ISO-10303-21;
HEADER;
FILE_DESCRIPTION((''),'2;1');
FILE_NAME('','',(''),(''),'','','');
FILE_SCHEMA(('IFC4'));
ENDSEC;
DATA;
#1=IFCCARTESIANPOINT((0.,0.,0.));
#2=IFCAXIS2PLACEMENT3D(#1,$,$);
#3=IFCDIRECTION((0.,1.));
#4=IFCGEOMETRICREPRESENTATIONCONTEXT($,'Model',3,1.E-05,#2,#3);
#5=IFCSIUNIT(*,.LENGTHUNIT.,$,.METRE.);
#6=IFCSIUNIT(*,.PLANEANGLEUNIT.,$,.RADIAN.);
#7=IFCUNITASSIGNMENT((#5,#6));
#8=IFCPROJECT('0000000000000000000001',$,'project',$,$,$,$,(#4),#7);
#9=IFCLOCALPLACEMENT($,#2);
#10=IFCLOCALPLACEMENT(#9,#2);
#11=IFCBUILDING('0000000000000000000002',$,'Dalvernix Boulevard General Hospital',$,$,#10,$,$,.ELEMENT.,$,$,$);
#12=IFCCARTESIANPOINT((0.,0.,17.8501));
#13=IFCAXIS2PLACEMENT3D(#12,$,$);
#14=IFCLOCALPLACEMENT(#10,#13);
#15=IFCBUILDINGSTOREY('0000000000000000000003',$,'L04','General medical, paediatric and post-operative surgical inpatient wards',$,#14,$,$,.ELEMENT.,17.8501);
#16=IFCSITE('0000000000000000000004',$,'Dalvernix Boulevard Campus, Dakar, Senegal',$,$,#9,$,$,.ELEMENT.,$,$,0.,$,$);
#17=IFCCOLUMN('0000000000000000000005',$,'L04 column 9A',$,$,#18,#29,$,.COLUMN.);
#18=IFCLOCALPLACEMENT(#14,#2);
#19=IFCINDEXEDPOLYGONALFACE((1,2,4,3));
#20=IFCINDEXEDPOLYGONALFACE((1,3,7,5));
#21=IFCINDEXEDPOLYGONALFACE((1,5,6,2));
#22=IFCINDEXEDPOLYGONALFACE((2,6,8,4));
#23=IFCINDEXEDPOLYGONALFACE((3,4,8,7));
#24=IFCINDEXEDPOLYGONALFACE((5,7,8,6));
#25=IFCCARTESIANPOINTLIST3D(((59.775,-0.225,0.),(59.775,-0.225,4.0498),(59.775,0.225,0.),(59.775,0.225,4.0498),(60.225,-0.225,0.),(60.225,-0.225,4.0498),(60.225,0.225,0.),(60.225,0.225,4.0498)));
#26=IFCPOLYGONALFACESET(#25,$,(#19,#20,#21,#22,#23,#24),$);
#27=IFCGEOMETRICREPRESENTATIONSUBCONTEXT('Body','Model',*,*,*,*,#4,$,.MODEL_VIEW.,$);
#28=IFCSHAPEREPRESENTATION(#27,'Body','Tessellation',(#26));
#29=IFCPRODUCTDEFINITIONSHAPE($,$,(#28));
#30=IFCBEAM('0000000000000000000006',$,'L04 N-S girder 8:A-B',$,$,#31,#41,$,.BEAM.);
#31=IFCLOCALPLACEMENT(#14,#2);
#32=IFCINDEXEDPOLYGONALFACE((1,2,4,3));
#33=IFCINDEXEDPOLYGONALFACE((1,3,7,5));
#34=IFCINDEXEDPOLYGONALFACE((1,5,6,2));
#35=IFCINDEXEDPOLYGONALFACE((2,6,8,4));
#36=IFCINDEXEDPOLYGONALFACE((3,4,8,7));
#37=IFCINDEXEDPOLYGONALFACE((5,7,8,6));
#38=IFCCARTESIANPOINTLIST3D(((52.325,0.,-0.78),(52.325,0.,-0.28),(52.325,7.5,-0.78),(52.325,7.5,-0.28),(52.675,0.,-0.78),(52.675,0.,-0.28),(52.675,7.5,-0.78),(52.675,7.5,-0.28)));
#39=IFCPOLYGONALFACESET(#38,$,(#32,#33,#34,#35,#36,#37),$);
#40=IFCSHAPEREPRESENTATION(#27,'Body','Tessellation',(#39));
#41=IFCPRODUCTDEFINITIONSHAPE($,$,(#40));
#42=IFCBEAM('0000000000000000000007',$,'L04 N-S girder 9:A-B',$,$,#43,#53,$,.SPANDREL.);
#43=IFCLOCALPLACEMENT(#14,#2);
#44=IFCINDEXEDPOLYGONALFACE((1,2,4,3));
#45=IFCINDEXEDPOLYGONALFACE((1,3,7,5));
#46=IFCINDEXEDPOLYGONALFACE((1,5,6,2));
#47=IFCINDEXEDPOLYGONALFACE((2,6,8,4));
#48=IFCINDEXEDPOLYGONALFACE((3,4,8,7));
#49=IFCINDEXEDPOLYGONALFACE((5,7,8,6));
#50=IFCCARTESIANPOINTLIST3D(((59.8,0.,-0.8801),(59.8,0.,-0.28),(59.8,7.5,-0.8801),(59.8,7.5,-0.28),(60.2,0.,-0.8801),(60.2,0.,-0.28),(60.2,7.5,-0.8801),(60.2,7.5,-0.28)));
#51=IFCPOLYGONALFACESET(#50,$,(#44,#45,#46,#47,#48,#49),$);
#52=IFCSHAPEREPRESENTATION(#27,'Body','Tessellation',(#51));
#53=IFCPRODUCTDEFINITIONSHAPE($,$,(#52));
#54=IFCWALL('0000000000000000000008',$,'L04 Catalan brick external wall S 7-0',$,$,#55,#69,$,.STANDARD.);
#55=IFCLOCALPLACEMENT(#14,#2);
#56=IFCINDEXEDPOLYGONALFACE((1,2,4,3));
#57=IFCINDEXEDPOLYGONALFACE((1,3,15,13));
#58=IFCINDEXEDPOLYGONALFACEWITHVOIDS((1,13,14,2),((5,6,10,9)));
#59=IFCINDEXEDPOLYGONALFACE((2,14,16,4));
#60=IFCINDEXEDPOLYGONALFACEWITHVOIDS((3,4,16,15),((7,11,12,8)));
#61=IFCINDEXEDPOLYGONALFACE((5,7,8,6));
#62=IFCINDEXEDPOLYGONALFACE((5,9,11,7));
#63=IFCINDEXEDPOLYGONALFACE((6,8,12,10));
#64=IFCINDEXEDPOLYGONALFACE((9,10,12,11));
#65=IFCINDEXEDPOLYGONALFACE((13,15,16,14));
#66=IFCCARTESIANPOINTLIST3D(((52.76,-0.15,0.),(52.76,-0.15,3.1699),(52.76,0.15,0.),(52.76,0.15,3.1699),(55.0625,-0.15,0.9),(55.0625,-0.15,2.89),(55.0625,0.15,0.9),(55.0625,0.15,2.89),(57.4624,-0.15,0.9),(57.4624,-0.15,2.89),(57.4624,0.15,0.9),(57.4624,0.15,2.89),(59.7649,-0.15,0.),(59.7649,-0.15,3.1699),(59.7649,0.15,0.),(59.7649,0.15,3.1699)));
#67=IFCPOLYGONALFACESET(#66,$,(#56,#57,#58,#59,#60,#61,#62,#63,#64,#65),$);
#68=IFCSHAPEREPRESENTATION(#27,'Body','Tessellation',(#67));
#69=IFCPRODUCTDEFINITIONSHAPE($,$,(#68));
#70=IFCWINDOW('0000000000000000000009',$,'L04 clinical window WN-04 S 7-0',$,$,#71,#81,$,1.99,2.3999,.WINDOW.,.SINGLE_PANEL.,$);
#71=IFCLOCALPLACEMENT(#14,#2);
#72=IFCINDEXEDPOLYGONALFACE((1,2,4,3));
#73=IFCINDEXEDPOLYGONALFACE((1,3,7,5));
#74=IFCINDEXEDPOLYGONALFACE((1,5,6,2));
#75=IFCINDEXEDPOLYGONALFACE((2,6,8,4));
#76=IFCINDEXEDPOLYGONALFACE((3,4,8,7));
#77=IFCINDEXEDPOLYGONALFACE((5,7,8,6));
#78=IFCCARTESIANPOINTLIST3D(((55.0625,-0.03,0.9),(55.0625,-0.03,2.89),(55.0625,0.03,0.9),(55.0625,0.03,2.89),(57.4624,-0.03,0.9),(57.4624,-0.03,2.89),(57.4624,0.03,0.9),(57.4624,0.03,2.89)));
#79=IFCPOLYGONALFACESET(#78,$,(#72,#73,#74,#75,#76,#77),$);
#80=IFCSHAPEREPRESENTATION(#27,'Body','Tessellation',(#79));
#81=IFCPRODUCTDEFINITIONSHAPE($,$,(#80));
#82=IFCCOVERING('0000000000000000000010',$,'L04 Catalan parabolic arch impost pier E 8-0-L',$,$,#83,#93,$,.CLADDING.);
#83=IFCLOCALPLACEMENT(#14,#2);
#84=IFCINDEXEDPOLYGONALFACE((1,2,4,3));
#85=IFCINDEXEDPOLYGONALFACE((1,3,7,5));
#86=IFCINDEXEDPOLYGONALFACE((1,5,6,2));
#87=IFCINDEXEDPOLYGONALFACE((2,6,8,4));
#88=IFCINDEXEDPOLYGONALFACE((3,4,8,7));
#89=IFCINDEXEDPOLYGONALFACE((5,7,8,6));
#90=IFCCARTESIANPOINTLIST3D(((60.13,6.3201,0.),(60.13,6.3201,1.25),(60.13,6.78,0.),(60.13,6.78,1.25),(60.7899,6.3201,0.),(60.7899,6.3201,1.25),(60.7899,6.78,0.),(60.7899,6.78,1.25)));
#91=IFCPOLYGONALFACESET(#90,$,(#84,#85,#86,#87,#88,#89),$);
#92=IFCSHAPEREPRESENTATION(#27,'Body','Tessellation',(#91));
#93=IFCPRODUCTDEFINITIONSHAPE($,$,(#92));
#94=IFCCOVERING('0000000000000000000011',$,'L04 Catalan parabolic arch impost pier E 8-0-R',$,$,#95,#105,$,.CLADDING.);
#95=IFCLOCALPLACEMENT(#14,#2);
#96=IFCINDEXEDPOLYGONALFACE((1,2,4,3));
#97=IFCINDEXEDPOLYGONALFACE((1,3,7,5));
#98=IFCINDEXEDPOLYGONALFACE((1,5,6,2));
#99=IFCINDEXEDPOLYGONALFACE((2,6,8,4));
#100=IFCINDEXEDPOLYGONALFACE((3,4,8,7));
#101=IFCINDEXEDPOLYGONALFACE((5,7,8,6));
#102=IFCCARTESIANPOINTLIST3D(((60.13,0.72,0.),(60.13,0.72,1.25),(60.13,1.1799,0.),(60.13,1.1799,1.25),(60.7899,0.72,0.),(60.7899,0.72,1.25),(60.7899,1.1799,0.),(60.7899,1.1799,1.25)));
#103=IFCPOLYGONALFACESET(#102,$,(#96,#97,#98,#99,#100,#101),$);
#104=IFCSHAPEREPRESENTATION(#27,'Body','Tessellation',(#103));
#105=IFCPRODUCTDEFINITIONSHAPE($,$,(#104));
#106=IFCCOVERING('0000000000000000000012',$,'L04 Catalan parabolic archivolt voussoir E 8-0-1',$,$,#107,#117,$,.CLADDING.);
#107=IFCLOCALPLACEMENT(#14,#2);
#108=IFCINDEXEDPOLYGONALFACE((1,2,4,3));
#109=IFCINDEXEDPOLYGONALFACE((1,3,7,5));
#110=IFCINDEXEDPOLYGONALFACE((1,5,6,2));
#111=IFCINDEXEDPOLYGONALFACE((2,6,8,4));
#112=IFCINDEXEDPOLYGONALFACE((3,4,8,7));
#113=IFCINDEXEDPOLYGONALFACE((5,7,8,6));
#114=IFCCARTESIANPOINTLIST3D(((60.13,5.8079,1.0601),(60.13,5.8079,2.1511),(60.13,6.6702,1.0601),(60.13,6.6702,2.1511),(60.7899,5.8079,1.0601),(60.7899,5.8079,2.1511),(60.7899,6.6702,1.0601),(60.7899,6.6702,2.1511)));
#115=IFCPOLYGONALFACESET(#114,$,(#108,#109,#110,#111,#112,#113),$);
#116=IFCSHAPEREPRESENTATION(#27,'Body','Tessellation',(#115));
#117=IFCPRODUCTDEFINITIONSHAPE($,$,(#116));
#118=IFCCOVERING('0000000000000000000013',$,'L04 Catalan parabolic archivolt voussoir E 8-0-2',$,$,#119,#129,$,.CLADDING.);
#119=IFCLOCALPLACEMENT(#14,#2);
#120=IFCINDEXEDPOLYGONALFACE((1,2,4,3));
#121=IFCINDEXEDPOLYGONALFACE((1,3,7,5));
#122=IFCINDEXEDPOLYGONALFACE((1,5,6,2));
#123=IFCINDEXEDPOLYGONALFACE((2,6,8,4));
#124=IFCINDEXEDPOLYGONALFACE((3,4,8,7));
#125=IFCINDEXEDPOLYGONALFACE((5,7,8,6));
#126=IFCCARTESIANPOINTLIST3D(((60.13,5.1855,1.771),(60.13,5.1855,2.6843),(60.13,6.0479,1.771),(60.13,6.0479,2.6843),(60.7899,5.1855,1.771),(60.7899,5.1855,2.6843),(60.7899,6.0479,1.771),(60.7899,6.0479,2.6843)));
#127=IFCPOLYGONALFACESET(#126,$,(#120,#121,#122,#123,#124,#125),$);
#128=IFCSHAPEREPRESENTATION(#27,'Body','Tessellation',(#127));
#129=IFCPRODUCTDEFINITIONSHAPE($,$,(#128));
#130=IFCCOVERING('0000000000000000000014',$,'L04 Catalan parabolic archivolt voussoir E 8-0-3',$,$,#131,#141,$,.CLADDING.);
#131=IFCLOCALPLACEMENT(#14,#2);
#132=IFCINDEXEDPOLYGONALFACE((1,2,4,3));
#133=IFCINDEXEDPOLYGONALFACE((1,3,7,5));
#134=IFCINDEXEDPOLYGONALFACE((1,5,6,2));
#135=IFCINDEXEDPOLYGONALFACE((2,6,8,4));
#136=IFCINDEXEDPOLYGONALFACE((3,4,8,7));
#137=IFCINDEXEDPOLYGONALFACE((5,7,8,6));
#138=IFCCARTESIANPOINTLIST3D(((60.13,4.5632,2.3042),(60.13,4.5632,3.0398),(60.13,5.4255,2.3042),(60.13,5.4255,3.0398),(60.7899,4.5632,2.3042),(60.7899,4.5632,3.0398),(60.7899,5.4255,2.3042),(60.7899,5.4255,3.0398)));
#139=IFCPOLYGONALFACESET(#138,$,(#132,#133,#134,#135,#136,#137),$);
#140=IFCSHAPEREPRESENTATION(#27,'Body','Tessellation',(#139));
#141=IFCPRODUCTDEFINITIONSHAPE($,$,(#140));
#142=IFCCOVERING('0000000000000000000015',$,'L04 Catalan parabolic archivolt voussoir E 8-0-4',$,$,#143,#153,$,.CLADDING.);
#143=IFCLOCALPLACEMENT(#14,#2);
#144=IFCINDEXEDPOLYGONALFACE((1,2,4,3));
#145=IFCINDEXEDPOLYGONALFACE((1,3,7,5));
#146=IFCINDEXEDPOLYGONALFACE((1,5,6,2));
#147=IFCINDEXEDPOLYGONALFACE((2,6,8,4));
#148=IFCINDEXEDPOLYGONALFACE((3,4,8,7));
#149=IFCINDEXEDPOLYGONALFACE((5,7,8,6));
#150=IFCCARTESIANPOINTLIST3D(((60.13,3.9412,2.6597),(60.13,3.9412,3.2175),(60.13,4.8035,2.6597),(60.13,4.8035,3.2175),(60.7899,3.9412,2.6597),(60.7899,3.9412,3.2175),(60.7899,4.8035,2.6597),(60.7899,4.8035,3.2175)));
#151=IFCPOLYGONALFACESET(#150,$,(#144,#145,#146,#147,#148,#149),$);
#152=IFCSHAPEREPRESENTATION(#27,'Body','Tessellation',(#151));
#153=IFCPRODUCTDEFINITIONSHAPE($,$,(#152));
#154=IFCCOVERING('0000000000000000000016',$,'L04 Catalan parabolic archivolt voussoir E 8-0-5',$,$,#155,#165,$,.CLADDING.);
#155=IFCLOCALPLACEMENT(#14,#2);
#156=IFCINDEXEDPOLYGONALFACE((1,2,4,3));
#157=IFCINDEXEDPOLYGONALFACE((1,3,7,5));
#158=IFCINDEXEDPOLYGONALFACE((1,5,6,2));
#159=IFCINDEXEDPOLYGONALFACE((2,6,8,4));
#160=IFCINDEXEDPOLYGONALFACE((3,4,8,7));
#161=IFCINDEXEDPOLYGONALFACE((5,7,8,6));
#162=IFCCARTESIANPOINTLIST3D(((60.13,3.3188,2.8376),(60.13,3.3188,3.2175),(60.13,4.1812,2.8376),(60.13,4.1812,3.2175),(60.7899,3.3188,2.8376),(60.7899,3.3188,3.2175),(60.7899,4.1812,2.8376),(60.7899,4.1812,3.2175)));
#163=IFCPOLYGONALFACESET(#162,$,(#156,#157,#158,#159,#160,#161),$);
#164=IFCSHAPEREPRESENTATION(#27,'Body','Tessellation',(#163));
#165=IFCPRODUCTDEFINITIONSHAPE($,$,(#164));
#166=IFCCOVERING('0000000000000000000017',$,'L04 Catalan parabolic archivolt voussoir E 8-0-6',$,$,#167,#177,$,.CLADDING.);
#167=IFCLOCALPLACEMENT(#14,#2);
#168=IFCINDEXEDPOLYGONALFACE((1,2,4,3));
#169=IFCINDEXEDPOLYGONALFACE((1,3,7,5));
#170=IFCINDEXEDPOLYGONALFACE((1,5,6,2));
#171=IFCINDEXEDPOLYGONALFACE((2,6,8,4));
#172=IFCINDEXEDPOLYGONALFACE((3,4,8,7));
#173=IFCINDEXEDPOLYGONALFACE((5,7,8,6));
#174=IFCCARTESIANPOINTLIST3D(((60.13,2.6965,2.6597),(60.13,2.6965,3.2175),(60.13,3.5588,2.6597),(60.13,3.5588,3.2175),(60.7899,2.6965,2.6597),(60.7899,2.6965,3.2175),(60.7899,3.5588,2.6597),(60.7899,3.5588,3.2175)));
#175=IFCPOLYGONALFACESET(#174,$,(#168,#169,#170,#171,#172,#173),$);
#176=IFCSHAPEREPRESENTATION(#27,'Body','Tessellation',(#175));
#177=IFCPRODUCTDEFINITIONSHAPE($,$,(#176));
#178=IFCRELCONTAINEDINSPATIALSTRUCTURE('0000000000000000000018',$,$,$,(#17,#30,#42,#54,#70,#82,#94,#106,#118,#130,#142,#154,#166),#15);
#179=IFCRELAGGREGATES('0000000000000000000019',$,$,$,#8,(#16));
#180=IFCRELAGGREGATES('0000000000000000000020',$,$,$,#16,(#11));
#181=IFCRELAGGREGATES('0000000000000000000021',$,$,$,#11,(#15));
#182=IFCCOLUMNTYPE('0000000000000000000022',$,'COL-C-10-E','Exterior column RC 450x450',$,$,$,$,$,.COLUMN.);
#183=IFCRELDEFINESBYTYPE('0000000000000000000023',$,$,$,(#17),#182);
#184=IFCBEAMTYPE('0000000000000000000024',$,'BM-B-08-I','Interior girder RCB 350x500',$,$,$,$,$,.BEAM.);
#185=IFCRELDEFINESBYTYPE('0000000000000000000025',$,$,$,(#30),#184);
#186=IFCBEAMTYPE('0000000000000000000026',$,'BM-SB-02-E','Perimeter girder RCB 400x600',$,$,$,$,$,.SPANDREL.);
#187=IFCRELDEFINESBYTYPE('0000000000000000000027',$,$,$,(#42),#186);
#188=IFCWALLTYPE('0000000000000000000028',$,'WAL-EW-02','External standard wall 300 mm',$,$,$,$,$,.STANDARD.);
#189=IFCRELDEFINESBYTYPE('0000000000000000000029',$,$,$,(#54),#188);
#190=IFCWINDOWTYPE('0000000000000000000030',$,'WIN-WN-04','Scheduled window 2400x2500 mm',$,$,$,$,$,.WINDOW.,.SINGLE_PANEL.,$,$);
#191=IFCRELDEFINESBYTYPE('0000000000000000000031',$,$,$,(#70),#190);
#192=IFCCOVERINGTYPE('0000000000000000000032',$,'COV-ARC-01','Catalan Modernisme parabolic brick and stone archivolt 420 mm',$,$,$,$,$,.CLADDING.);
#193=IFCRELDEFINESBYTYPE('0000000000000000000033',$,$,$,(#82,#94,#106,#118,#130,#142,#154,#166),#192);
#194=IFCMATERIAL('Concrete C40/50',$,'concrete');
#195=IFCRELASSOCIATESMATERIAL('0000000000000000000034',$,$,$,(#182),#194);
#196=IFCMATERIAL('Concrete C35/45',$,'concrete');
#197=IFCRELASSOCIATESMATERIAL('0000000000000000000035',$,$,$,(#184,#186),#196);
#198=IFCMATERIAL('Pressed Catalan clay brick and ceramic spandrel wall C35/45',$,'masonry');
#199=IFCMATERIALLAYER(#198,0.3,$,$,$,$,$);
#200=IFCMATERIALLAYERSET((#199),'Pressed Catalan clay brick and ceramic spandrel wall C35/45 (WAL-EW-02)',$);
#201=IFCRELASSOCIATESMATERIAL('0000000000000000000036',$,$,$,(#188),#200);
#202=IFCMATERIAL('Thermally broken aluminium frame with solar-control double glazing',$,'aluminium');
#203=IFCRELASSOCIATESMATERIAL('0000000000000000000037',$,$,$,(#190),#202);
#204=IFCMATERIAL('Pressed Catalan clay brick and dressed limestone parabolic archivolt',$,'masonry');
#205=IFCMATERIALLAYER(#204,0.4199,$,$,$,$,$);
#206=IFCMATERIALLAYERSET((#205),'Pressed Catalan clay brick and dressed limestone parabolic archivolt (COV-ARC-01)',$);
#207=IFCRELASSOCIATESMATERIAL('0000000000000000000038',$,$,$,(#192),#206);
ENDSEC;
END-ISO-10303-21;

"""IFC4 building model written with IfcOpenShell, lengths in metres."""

from ifc_helpers import new_model, si_unit, direction, frame, frame_2d, origin, origin_2d, place, context, subcontext, project, spatial, rectangle, extrude, material, layer, layer_set, material_profile, profile_set, type_object, element, fill, save


model = new_model("IFC4")

# Units and contexts
model_context = context("Model", 3, precision=1e-05, world=origin(), true_north=direction((0.0, 1.0)))
body_context = subcontext(model_context, "Body", "Model", "MODEL_VIEW")
ifc_project = project(units=[si_unit("LENGTHUNIT", "METRE"), si_unit("PLANEANGLEUNIT", "RADIAN")], contexts=[model_context])

# Site, building, storey
site_placement = place(None, origin())
site = spatial("IfcSite", under=ifc_project, at=site_placement, Name="Dalvernix Boulevard Campus, Dakar, Senegal", CompositionType="ELEMENT", RefElevation=0.0)
building_placement = place(site_placement, origin())
building = spatial("IfcBuilding", under=site, at=building_placement, Name="Dalvernix Boulevard General Hospital", CompositionType="ELEMENT")
storey_placement = place(building_placement, frame((0.0, 0.0, 17.8501)))
storey = spatial("IfcBuildingStorey", under=building, at=storey_placement, Name="L04", Description="General medical, paediatric and post-operative surgical inpatient wards", CompositionType="ELEMENT", Elevation=17.8501)

# Column
ifc_material_1 = material(Name="Concrete C40/50", Category="concrete")
ifc_material_profile_1 = material_profile(ifc_material_1, rectangle(XDim=0.45, YDim=0.45, at=origin_2d()), Name="RC 450x450")
ifc_profile_set_1 = profile_set([ifc_material_profile_1], Name="Concrete C40/50")
column_type = type_object("IfcColumnType", Name="COL-C-10-E", Description="Exterior column RC 450x450", PredefinedType="COLUMN", material=ifc_profile_set_1)
column_placement = place(storey_placement, frame((60.0, 0.0, 0.0), z_axis=(0.0, 0.0, 1.0), x_axis=(1.0, 0.0, 0.0)))
element("IfcColumn", 1, at=column_placement, inside=storey, type_object=column_type, Name="L04 column 9A", PredefinedType="COLUMN", context=body_context, shape_type="SweptSolid", body=[
    extrude(rectangle(XDim=0.45, YDim=0.45, at=origin_2d()), origin(), (0.0, 0.0, 1.0), 4.0498),
])

# Beams
ifc_material_2 = material(Name="Concrete C35/45", Category="concrete")
ifc_material_profile_2 = material_profile(ifc_material_2, rectangle(XDim=0.3501, YDim=0.5, at=origin_2d()), Name="RCB 350x500")
ifc_profile_set_2 = profile_set([ifc_material_profile_2], Name="Concrete C35/45")
beam_type_1 = type_object("IfcBeamType", Name="BM-B-08-I", Description="Interior girder RCB 350x500", PredefinedType="BEAM", material=ifc_profile_set_2)
beam_1_placement = place(storey_placement, frame((52.5, 0.0, -0.53), z_axis=(0.0, 1.0, 0.0), x_axis=(-1.0, 0.0, 0.0)))
element("IfcBeam", 2, at=beam_1_placement, inside=storey, type_object=beam_type_1, Name="L04 N-S girder 8:A-B", PredefinedType="BEAM", context=body_context, shape_type="SweptSolid", body=[
    extrude(rectangle(XDim=0.3501, YDim=0.5, at=origin_2d()), origin(), (0.0, 0.0, 1.0), 7.5),
])
ifc_material_profile_3 = material_profile(ifc_material_2, rectangle(XDim=0.3999, YDim=0.6001, at=origin_2d()), Name="RCB 400x600")
ifc_profile_set_3 = profile_set([ifc_material_profile_3], Name="Concrete C35/45")
beam_type_2 = type_object("IfcBeamType", Name="BM-SB-02-E", Description="Perimeter girder RCB 400x600", PredefinedType="SPANDREL", material=ifc_profile_set_3)
beam_2_placement = place(storey_placement, frame((60.0, 0.0, -0.5801), z_axis=(0.0, 1.0, 0.0), x_axis=(-1.0, 0.0, 0.0)))
element("IfcBeam", 3, at=beam_2_placement, inside=storey, type_object=beam_type_2, Name="L04 N-S girder 9:A-B", PredefinedType="SPANDREL", context=body_context, shape_type="SweptSolid", body=[
    extrude(rectangle(XDim=0.3999, YDim=0.6001, at=origin_2d()), origin(), (0.0, 0.0, 1.0), 7.5),
])

# Wall, opening, window
ifc_material_3 = material(Name="Pressed Catalan clay brick and ceramic spandrel wall C35/45", Category="masonry")
ifc_layer_1 = layer(ifc_material_3, 0.3)
ifc_layer_set_1 = layer_set([ifc_layer_1], Name="Pressed Catalan clay brick and ceramic spandrel wall C35/45 (WAL-EW-02)")
wall_type = type_object("IfcWallType", Name="WAL-EW-02", Description="External standard wall 300 mm", PredefinedType="STANDARD", material=ifc_layer_set_1)
wall_placement = place(storey_placement, frame((59.7649, 0.0, 0.0), z_axis=(0.0, 0.0, 1.0), x_axis=(-1.0, 0.0, 0.0)))
wall = element("IfcWall", 4, at=wall_placement, inside=storey, type_object=wall_type, Name="L04 Catalan brick external wall S 7-0", PredefinedType="STANDARD", context=body_context, shape_type="SweptSolid", body=[
    extrude(rectangle(XDim=7.0049, YDim=0.3, at=frame_2d((3.5024, 0.0))), origin(), (0.0, 0.0, 1.0), 3.1699),
])
opening_placement = place(wall_placement, frame((2.3025, 0.0, 0.8999)))
opening = element("IfcOpeningElement", 5, at=opening_placement, cuts=wall, PredefinedType="OPENING", context=body_context, shape_type="SweptSolid", body=[
    extrude(rectangle(XDim=2.3999, YDim=1.99, at=frame_2d((1.2, 0.9951))), frame((0.0, 0.1599, 0.0), z_axis=(0.0, -1.0, 0.0), x_axis=(1.0, 0.0, 0.0)), (0.0, 0.0, 1.0), 0.3201),
])
ifc_material_4 = material(Name="Thermally broken aluminium frame with solar-control double glazing", Category="aluminium")
window_type = type_object("IfcWindowType", Name="WIN-WN-04", Description="Scheduled window 2400x2500 mm", PartitioningType="SINGLE_PANEL", PredefinedType="WINDOW", material=ifc_material_4)
window_placement = place(opening_placement, origin())
window = element("IfcWindow", 6, at=window_placement, inside=storey, type_object=window_type, Name="L04 clinical window WN-04 S 7-0", OverallHeight=1.99, OverallWidth=2.3999, PartitioningType="SINGLE_PANEL", PredefinedType="WINDOW", context=body_context, shape_type="SweptSolid", body=[
    extrude(rectangle(XDim=2.3999, YDim=1.99, at=frame_2d((1.2, 0.9951))), frame((0.0, 0.03, 0.0), z_axis=(0.0, -1.0, 0.0), x_axis=(1.0, 0.0, 0.0)), (0.0, 0.0, 1.0), 0.0601),
])
fill(opening, window)

# Coverings
ifc_material_5 = material(Name="Pressed Catalan clay brick and dressed limestone parabolic archivolt", Category="masonry")
ifc_layer_2 = layer(ifc_material_5, 0.4199)
ifc_layer_set_2 = layer_set([ifc_layer_2], Name="Pressed Catalan clay brick and dressed limestone parabolic archivolt (COV-ARC-01)")
covering_type_1 = type_object("IfcCoveringType", Name="COV-ARC-01", Description="Catalan Modernisme parabolic brick and stone archivolt 420 mm", PredefinedType="CLADDING", material=ifc_layer_set_2)
for number, where, z_axis, x_axis, name in (
    (7, (60.46, 6.55, 0.0), (0.0, 0.0, 1.0), (0.0, -1.0, 0.0), "L04 Catalan parabolic arch impost pier E 8-0-L"),
    (8, (60.46, 0.95, 0.0), (0.0, 0.0, 1.0), (0.0, -1.0, 0.0), "L04 Catalan parabolic arch impost pier E 8-0-R"),
):
    element("IfcCovering", number, at=place(storey_placement, frame(where, z_axis=z_axis, x_axis=x_axis)), inside=storey, type_object=covering_type_1, Name=name, PredefinedType="CLADDING", context=body_context, shape_type="SweptSolid", body=[
        extrude(rectangle(XDim=0.46, YDim=0.6599, at=origin_2d()), origin(), (0.0, 0.0, 1.0), 1.25),
    ])
covering_1_placement = place(storey_placement, frame((60.46, 6.239, 1.0601), z_axis=(0.0, 0.0, 1.0), x_axis=(0.0, -1.0, 0.0)))
element("IfcCovering", 9, at=covering_1_placement, inside=storey, type_object=covering_type_1, Name="L04 Catalan parabolic archivolt voussoir E 8-0-1", PredefinedType="CLADDING", context=body_context, shape_type="SweptSolid", body=[
    extrude(rectangle(XDim=0.8623, YDim=0.6599, at=origin_2d()), origin(), (0.0, 0.0, 1.0), 1.0911),
])
covering_2_placement = place(storey_placement, frame((60.46, 5.6167, 1.771), z_axis=(0.0, 0.0, 1.0), x_axis=(0.0, -1.0, 0.0)))
element("IfcCovering", 10, at=covering_2_placement, inside=storey, type_object=covering_type_1, Name="L04 Catalan parabolic archivolt voussoir E 8-0-2", PredefinedType="CLADDING", context=body_context, shape_type="SweptSolid", body=[
    extrude(rectangle(XDim=0.8623, YDim=0.6599, at=origin_2d()), origin(), (0.0, 0.0, 1.0), 0.9133),
])
covering_3_placement = place(storey_placement, frame((60.46, 4.9944, 2.3042), z_axis=(0.0, 0.0, 1.0), x_axis=(0.0, -1.0, 0.0)))
element("IfcCovering", 11, at=covering_3_placement, inside=storey, type_object=covering_type_1, Name="L04 Catalan parabolic archivolt voussoir E 8-0-3", PredefinedType="CLADDING", context=body_context, shape_type="SweptSolid", body=[
    extrude(rectangle(XDim=0.8623, YDim=0.6599, at=origin_2d()), origin(), (0.0, 0.0, 1.0), 0.7356),
])
covering_4_placement = place(storey_placement, frame((60.46, 4.3723, 2.6597), z_axis=(0.0, 0.0, 1.0), x_axis=(0.0, -1.0, 0.0)))
element("IfcCovering", 12, at=covering_4_placement, inside=storey, type_object=covering_type_1, Name="L04 Catalan parabolic archivolt voussoir E 8-0-4", PredefinedType="CLADDING", context=body_context, shape_type="SweptSolid", body=[
    extrude(rectangle(XDim=0.8623, YDim=0.6599, at=origin_2d()), origin(), (0.0, 0.0, 1.0), 0.5579),
])
covering_5_placement = place(storey_placement, frame((60.46, 3.75, 2.8376), z_axis=(0.0, 0.0, 1.0), x_axis=(0.0, -1.0, 0.0)))
element("IfcCovering", 13, at=covering_5_placement, inside=storey, type_object=covering_type_1, Name="L04 Catalan parabolic archivolt voussoir E 8-0-5", PredefinedType="CLADDING", context=body_context, shape_type="SweptSolid", body=[
    extrude(rectangle(XDim=0.8623, YDim=0.6599, at=origin_2d()), origin(), (0.0, 0.0, 1.0), 0.3799),
])
covering_6_placement = place(storey_placement, frame((60.46, 3.1277, 2.6597), z_axis=(0.0, 0.0, 1.0), x_axis=(0.0, -1.0, 0.0)))
element("IfcCovering", 14, at=covering_6_placement, inside=storey, type_object=covering_type_1, Name="L04 Catalan parabolic archivolt voussoir E 8-0-6", PredefinedType="CLADDING", context=body_context, shape_type="SweptSolid", body=[
    extrude(rectangle(XDim=0.8623, YDim=0.6599, at=origin_2d()), origin(), (0.0, 0.0, 1.0), 0.5579),
])

save(model, "model.ifc")
